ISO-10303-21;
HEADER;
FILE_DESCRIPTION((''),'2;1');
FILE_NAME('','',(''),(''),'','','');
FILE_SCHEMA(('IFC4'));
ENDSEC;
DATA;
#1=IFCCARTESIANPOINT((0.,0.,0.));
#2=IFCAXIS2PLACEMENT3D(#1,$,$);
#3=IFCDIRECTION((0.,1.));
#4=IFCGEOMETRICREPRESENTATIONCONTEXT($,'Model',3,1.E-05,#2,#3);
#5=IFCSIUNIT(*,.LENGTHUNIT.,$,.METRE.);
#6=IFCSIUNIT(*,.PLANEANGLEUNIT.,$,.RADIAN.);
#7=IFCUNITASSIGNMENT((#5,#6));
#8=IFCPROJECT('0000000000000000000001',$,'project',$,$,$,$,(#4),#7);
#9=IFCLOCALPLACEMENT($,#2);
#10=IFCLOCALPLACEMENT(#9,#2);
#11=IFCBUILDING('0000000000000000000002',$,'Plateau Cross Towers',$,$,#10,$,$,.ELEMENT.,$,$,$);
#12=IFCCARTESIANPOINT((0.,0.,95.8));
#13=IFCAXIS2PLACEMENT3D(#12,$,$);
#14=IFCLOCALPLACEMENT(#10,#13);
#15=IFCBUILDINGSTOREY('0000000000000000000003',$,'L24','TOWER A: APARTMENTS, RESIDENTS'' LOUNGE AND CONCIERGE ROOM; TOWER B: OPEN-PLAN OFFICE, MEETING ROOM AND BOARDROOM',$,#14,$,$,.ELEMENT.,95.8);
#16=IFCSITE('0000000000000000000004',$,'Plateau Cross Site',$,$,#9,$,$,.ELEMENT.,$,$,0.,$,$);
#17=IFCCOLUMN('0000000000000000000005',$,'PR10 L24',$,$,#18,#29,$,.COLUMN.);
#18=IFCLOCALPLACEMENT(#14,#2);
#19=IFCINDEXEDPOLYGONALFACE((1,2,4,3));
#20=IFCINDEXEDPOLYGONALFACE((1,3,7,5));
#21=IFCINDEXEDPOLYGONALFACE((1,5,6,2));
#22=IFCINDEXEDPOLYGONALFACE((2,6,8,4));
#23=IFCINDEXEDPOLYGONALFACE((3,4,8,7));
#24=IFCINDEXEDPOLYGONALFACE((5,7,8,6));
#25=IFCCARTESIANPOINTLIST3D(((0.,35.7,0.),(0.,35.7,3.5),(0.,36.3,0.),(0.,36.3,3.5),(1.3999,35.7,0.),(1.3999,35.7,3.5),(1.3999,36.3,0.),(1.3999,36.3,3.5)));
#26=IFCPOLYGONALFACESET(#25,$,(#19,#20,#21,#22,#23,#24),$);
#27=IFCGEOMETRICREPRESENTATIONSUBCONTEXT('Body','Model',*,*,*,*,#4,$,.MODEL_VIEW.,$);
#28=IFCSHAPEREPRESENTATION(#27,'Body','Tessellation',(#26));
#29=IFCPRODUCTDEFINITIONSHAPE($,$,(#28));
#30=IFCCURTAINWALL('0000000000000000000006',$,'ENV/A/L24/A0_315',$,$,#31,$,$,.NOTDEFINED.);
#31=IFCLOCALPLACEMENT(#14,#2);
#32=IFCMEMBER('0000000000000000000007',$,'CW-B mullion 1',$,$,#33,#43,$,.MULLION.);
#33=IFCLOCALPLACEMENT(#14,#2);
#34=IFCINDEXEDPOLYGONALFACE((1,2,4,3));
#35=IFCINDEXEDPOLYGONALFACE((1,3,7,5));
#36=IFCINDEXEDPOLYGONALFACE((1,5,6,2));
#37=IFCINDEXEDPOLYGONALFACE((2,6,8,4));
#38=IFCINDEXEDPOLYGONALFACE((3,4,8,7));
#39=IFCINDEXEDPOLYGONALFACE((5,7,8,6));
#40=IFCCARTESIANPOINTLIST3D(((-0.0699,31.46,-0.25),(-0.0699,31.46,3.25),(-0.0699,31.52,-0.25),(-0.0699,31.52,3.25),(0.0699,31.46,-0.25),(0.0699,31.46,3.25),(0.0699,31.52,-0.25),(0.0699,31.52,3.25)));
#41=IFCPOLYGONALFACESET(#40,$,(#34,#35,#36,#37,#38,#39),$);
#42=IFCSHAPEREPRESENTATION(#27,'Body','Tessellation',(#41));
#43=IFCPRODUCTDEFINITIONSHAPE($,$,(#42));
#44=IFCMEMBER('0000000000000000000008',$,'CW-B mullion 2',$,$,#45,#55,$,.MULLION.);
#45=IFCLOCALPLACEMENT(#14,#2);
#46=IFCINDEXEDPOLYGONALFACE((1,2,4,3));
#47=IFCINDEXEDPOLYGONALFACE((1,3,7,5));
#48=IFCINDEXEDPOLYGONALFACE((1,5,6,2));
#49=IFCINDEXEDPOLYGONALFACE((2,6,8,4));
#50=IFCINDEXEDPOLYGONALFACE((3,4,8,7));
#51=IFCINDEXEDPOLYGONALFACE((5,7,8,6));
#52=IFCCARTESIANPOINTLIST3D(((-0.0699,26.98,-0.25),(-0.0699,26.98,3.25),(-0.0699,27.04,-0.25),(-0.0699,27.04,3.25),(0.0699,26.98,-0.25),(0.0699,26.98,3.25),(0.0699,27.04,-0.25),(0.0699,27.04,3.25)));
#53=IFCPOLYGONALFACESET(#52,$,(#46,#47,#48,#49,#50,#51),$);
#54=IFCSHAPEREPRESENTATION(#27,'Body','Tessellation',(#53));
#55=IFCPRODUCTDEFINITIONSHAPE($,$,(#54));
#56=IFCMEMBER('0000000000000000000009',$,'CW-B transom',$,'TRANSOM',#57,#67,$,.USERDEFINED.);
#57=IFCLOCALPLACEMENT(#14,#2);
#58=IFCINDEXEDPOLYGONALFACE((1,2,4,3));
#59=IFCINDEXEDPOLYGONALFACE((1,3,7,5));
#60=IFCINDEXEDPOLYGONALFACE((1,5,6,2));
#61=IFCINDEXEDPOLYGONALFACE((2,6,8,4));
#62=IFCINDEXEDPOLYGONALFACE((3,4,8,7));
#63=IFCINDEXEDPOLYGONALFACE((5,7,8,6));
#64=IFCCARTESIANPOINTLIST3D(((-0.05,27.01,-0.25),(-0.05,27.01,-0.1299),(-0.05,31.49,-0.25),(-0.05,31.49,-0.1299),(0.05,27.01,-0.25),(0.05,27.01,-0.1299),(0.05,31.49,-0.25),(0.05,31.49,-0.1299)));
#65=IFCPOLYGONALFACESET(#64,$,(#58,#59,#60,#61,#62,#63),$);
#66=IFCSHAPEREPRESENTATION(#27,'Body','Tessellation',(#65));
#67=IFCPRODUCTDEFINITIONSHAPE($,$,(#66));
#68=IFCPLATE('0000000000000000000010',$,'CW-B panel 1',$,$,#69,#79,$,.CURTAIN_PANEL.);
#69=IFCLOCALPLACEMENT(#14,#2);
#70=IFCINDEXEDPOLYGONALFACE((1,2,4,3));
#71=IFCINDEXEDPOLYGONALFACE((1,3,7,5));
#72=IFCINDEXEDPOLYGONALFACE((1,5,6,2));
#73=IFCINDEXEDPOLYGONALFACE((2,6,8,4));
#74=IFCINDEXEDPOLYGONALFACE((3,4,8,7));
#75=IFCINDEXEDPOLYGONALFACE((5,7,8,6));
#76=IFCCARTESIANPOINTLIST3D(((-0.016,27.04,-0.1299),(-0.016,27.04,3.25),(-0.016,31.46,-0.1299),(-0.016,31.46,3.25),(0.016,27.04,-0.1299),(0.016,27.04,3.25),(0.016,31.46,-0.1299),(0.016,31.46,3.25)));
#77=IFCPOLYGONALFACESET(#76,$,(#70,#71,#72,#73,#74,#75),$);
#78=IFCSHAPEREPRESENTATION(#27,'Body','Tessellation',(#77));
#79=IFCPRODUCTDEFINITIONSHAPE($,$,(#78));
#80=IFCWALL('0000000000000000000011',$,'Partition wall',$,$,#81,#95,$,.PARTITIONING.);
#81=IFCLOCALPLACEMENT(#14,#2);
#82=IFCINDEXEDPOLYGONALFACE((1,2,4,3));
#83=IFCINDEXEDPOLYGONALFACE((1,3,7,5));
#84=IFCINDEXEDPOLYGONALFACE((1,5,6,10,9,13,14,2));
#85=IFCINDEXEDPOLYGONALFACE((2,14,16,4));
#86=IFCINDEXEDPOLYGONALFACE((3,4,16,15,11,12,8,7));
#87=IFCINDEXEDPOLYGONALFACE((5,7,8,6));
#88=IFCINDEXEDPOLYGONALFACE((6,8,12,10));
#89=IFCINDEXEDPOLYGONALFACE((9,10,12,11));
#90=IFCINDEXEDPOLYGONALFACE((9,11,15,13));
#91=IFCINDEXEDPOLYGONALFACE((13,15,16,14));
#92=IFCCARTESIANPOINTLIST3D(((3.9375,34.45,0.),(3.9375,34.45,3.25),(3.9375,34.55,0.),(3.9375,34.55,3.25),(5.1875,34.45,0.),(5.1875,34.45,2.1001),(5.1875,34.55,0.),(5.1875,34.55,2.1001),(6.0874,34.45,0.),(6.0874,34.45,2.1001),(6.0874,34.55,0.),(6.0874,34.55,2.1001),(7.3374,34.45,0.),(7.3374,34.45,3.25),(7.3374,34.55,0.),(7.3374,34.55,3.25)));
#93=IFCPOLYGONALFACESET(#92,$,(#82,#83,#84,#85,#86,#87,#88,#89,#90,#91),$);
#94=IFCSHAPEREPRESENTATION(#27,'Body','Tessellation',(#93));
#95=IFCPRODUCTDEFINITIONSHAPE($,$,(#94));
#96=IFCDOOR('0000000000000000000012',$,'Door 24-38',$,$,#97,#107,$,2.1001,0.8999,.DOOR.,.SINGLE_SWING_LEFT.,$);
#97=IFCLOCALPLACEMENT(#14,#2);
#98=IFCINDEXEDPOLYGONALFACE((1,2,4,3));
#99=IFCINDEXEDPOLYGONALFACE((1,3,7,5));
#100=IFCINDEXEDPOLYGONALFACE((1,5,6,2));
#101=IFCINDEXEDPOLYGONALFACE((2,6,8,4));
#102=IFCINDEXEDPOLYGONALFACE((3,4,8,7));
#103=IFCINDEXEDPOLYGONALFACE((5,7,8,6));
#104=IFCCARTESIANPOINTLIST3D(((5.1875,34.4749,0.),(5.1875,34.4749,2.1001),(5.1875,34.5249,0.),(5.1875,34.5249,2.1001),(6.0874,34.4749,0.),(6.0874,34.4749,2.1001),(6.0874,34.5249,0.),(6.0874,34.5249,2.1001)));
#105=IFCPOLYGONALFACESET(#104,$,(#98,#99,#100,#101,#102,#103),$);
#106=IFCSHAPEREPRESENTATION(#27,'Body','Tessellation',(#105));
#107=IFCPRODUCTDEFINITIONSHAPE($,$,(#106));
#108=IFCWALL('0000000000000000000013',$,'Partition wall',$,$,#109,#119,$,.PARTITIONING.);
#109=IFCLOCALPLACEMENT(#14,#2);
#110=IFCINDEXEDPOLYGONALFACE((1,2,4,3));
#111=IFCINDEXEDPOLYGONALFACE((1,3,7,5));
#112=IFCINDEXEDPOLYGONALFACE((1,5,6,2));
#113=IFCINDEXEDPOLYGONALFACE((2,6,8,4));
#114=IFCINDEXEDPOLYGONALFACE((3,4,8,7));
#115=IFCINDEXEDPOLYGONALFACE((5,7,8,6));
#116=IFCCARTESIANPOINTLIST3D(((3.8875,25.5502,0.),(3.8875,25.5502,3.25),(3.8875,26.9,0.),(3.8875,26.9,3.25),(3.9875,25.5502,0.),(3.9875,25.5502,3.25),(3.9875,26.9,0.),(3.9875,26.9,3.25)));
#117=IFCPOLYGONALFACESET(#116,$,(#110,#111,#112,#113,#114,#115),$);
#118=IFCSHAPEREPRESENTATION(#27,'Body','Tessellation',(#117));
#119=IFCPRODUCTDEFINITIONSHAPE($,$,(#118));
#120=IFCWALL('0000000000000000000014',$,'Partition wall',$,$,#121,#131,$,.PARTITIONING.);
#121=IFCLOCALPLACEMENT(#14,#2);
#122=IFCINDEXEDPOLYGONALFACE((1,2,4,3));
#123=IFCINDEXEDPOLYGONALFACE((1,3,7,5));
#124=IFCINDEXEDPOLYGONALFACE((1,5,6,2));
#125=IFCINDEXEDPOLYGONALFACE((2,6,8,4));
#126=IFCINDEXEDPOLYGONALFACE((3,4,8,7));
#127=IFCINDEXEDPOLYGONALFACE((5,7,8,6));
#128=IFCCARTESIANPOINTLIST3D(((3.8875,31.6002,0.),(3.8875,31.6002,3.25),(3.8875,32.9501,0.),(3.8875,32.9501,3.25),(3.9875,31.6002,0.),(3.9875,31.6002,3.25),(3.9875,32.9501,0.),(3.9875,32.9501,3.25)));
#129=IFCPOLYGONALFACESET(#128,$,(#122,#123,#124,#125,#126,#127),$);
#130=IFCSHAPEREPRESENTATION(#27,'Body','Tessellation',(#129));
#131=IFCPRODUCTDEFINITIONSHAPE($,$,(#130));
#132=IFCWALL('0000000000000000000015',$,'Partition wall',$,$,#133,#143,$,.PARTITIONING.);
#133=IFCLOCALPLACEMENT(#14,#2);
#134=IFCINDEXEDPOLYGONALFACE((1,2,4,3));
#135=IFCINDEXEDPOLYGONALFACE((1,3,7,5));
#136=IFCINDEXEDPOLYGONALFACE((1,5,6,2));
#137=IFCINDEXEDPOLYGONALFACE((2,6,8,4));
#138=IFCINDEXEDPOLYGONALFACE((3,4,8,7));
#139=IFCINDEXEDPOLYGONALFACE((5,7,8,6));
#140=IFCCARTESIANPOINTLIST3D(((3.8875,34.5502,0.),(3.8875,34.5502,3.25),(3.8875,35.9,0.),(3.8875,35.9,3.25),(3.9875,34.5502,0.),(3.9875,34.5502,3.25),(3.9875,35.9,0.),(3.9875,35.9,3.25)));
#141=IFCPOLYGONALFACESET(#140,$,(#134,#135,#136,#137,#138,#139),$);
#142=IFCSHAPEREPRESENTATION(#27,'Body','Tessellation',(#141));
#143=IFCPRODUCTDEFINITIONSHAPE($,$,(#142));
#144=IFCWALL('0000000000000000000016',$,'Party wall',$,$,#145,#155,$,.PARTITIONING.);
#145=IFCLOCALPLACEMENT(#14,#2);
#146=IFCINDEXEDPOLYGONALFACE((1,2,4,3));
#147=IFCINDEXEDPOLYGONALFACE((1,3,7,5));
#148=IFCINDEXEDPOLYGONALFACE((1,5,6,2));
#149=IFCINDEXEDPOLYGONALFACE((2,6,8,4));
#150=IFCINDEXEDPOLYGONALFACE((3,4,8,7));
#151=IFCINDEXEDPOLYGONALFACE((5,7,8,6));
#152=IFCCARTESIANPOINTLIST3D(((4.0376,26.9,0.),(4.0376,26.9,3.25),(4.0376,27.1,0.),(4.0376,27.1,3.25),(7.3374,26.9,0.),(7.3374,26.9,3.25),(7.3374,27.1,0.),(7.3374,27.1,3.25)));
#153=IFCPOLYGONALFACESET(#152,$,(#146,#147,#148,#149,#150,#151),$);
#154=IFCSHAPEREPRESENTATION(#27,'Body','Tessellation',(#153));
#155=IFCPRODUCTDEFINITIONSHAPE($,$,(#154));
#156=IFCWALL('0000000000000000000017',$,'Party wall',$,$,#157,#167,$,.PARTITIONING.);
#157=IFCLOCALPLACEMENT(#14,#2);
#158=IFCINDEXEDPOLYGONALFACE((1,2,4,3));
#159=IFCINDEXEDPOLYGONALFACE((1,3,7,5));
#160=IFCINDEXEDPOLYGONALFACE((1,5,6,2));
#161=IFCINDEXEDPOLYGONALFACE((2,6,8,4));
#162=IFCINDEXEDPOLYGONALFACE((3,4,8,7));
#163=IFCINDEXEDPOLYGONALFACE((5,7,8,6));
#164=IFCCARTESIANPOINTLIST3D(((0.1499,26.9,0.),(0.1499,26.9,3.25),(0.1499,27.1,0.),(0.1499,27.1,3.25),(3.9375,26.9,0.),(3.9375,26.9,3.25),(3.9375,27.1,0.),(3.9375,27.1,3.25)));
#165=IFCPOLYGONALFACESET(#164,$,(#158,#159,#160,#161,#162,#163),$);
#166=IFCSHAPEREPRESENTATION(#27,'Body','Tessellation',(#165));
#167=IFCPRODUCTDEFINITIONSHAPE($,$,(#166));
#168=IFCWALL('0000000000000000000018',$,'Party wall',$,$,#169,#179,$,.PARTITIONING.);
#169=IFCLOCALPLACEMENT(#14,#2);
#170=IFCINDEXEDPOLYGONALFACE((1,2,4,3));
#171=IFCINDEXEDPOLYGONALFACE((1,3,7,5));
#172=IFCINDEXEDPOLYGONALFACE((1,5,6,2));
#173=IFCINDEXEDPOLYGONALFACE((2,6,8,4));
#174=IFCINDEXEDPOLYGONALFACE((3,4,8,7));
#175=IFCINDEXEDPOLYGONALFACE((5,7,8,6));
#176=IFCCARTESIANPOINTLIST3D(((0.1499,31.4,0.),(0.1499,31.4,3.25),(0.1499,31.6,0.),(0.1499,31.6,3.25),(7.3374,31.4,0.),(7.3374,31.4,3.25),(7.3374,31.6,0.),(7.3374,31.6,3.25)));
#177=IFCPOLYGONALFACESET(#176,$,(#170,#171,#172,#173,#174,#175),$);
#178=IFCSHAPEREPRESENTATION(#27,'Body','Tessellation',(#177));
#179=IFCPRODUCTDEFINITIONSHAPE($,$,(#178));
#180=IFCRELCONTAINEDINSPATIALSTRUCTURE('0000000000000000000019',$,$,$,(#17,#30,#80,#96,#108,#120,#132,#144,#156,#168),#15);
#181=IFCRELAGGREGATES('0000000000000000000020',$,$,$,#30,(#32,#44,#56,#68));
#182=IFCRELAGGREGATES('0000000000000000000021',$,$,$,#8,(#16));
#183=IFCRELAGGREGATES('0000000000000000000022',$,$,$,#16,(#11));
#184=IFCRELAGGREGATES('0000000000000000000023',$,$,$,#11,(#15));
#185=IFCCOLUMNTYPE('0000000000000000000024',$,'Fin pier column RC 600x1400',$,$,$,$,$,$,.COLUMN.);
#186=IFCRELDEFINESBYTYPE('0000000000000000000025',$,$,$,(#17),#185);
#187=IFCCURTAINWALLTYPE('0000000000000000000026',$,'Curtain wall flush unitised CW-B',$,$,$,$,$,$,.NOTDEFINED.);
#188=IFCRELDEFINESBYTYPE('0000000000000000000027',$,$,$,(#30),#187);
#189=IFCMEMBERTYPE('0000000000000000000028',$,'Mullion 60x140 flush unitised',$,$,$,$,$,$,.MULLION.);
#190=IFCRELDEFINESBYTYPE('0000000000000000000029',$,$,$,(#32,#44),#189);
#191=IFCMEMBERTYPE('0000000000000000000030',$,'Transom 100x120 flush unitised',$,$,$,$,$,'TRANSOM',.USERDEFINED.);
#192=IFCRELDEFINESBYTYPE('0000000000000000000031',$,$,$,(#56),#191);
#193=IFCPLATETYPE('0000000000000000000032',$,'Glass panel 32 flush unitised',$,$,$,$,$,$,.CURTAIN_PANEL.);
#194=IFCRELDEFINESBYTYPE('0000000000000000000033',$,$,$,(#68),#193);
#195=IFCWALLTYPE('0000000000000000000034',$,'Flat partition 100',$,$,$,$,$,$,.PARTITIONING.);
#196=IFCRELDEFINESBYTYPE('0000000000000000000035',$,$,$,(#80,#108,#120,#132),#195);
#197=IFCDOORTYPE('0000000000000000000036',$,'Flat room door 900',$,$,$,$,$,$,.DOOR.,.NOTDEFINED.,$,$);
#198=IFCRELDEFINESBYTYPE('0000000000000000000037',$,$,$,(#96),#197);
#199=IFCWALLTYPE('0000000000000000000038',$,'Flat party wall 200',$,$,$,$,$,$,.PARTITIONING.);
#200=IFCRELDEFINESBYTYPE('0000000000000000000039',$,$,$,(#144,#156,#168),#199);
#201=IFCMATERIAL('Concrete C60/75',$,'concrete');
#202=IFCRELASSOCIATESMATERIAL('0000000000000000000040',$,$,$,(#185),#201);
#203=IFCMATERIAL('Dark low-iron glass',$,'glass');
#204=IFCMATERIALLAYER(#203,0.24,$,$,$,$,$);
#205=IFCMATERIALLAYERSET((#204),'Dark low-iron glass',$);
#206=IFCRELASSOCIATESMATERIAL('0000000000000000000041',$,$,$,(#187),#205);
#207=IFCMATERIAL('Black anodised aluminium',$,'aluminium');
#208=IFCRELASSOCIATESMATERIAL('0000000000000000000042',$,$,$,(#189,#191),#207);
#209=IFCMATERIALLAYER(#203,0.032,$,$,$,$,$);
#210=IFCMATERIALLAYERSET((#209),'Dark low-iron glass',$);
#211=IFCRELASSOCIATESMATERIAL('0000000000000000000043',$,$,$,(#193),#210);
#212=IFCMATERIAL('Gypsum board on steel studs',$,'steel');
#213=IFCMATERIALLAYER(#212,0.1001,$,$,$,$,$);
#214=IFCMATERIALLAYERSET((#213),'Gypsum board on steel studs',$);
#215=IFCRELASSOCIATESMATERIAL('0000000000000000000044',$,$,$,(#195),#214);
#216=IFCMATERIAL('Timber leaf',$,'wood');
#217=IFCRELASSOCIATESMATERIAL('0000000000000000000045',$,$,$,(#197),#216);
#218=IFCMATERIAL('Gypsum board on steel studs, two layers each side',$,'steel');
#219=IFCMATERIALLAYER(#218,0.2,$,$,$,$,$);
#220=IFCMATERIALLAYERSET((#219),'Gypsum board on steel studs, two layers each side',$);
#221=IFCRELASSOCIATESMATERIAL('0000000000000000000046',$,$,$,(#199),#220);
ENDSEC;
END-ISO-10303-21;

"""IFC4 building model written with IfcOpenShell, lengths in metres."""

from ifc_helpers import new_model, si_unit, direction, frame, frame_2d, origin, origin_2d, place, context, subcontext, project, spatial, rectangle, extrude, material, layer, layer_set, material_profile, profile_set, type_object, element, fill, aggregate, save


model = new_model("IFC4")

# Units and contexts
model_context = context("Model", 3, precision=1e-05, world=origin(), true_north=direction((0.0, 1.0)))
body_context = subcontext(model_context, "Body", "Model", "MODEL_VIEW")
ifc_project = project(units=[si_unit("LENGTHUNIT", "METRE"), si_unit("PLANEANGLEUNIT", "RADIAN")], contexts=[model_context])

# Site, building, storey
site_placement = place(None, origin())
site = spatial("IfcSite", under=ifc_project, at=site_placement, Name="Plateau Cross Site", CompositionType="ELEMENT", RefElevation=0.0)
building_placement = place(site_placement, origin())
building = spatial("IfcBuilding", under=site, at=building_placement, Name="Plateau Cross Towers", CompositionType="ELEMENT")
storey_placement = place(building_placement, frame((0.0, 0.0, 95.8)))
storey = spatial("IfcBuildingStorey", under=building, at=storey_placement, Name="L24", Description="TOWER A: APARTMENTS, RESIDENTS' LOUNGE AND CONCIERGE ROOM; TOWER B: OPEN-PLAN OFFICE, MEETING ROOM AND BOARDROOM", CompositionType="ELEMENT", Elevation=95.8)

# Column
ifc_material_1 = material(Name="Concrete C60/75", Category="concrete")
ifc_material_profile_1 = material_profile(ifc_material_1, rectangle(XDim=0.6001, YDim=1.3999, at=origin_2d()), Name="RC 600x1400")
ifc_profile_set_1 = profile_set([ifc_material_profile_1], Name="Concrete C60/75")
column_type = type_object("IfcColumnType", Name="Fin pier column RC 600x1400", PredefinedType="COLUMN", material=ifc_profile_set_1)
column_placement = place(storey_placement, frame((0.7, 36.0, 0.0), z_axis=(0.0, 0.0, 1.0), x_axis=(0.0, 1.0, 0.0)))
element("IfcColumn", 1, at=column_placement, inside=storey, type_object=column_type, Name="PR10 L24", PredefinedType="COLUMN", context=body_context, shape_type="SweptSolid", body=[
    extrude(rectangle(XDim=0.6001, YDim=1.3999, at=origin_2d()), origin(), (0.0, 0.0, 1.0), 3.5),
])

# Curtain wall, members, plate
ifc_material_2 = material(Name="Dark low-iron glass", Category="glass")
ifc_layer_1 = layer(ifc_material_2, 0.24)
ifc_layer_set_1 = layer_set([ifc_layer_1], Name="Dark low-iron glass")
curtain_wall_type = type_object("IfcCurtainWallType", Name="Curtain wall flush unitised CW-B", PredefinedType="NOTDEFINED", material=ifc_layer_set_1)
curtain_wall_placement = place(storey_placement, origin())
curtain_wall = element("IfcCurtainWall", 2, at=curtain_wall_placement, inside=storey, type_object=curtain_wall_type, Name="ENV/A/L24/A0_315", PredefinedType="NOTDEFINED")
ifc_material_3 = material(Name="Black anodised aluminium", Category="aluminium")
ifc_material_profile_2 = material_profile(ifc_material_3, rectangle(XDim=0.0601, YDim=0.1399, at=origin_2d()), Name="MULLION 60x140")
ifc_profile_set_2 = profile_set([ifc_material_profile_2], Name="Black anodised aluminium")
member_type_1 = type_object("IfcMemberType", Name="Mullion 60x140 flush unitised", PredefinedType="MULLION", material=ifc_profile_set_2)
member_1_placement = place(storey_placement, frame((0.0, 31.49, -0.25), z_axis=(0.0, 0.0, 1.0), x_axis=(0.0, -1.0, 0.0)))
member_1 = element("IfcMember", 3, at=member_1_placement, type_object=member_type_1, Name="CW-B mullion 1", PredefinedType="MULLION", context=body_context, shape_type="SweptSolid", body=[
    extrude(rectangle(XDim=0.0601, YDim=0.1399, at=origin_2d()), origin(), (0.0, 0.0, 1.0), 3.5),
])
member_2_placement = place(storey_placement, frame((0.0, 27.01, -0.25), z_axis=(0.0, 0.0, 1.0), x_axis=(0.0, -1.0, 0.0)))
member_2 = element("IfcMember", 4, at=member_2_placement, type_object=member_type_1, Name="CW-B mullion 2", PredefinedType="MULLION", context=body_context, shape_type="SweptSolid", body=[
    extrude(rectangle(XDim=0.0601, YDim=0.1399, at=origin_2d()), origin(), (0.0, 0.0, 1.0), 3.5),
])
ifc_material_profile_3 = material_profile(ifc_material_3, rectangle(XDim=0.1001, YDim=0.1201, at=origin_2d()), Name="TRANSOM 100x120")
ifc_profile_set_3 = profile_set([ifc_material_profile_3], Name="Black anodised aluminium")
member_type_2 = type_object("IfcMemberType", Name="Transom 100x120 flush unitised", ElementType="TRANSOM", PredefinedType="USERDEFINED", material=ifc_profile_set_3)
member_3_placement = place(storey_placement, frame((0.0, 31.49, -0.1899), z_axis=(0.0, -1.0, 0.0), x_axis=(1.0, 0.0, 0.0)))
member_3 = element("IfcMember", 5, at=member_3_placement, type_object=member_type_2, Name="CW-B transom", ObjectType="TRANSOM", PredefinedType="USERDEFINED", context=body_context, shape_type="SweptSolid", body=[
    extrude(rectangle(XDim=0.1001, YDim=0.1201, at=origin_2d()), origin(), (0.0, 0.0, 1.0), 4.48),
])
ifc_layer_2 = layer(ifc_material_2, 0.032)
ifc_layer_set_2 = layer_set([ifc_layer_2], Name="Dark low-iron glass")
plate_type = type_object("IfcPlateType", Name="Glass panel 32 flush unitised", PredefinedType="CURTAIN_PANEL", material=ifc_layer_set_2)
plate_placement = place(storey_placement, frame((0.0, 29.25, -0.1299), z_axis=(0.0, 0.0, 1.0), x_axis=(0.0, -1.0, 0.0)))
plate = element("IfcPlate", 6, at=plate_placement, type_object=plate_type, Name="CW-B panel 1", PredefinedType="CURTAIN_PANEL", context=body_context, shape_type="SweptSolid", body=[
    extrude(rectangle(XDim=4.4199, YDim=0.032, at=origin_2d()), origin(), (0.0, 0.0, 1.0), 3.3799),
])
aggregate(curtain_wall, [member_1, member_2, member_3, plate])

# Wall, opening, door
ifc_material_4 = material(Name="Gypsum board on steel studs", Category="steel")
ifc_layer_3 = layer(ifc_material_4, 0.1001)
ifc_layer_set_3 = layer_set([ifc_layer_3], Name="Gypsum board on steel studs")
wall_type_1 = type_object("IfcWallType", Name="Flat partition 100", PredefinedType="PARTITIONING", material=ifc_layer_set_3)
wall_1_placement = place(storey_placement, frame((3.9375, 34.5, 0.0), z_axis=(0.0, 0.0, 1.0), x_axis=(1.0, 0.0, 0.0)))
wall_1 = element("IfcWall", 7, at=wall_1_placement, inside=storey, type_object=wall_type_1, Name="Partition wall", PredefinedType="PARTITIONING", context=body_context, shape_type="SweptSolid", body=[
    extrude(rectangle(XDim=3.3999, YDim=0.1001, at=frame_2d((1.7, 0.0))), origin(), (0.0, 0.0, 1.0), 3.25),
])
opening_1_placement = place(wall_1_placement, frame((1.25, 0.0, 0.0)))
opening_1 = element("IfcOpeningElement", 8, at=opening_1_placement, cuts=wall_1, PredefinedType="OPENING", context=body_context, shape_type="SweptSolid", body=[
    extrude(rectangle(XDim=0.8999, YDim=2.1001, at=frame_2d((0.45, 1.05))), frame((0.0, 0.0601, 0.0), z_axis=(0.0, -1.0, 0.0), x_axis=(1.0, 0.0, 0.0)), (0.0, 0.0, 1.0), 0.1201),
])
ifc_material_5 = material(Name="Timber leaf", Category="wood")
door_type_1 = type_object("IfcDoorType", Name="Flat room door 900", OperationType="NOTDEFINED", PredefinedType="DOOR", material=ifc_material_5)
door_1_placement = place(opening_1_placement, origin())
door_1 = element("IfcDoor", 9, at=door_1_placement, inside=storey, type_object=door_type_1, Name="Door 24-38", OperationType="SINGLE_SWING_LEFT", OverallHeight=2.1001, OverallWidth=0.8999, PredefinedType="DOOR", context=body_context, shape_type="SweptSolid", body=[
    extrude(rectangle(XDim=0.8999, YDim=2.1001, at=frame_2d((0.45, 1.05))), frame((0.0, 0.0249, 0.0), z_axis=(0.0, -1.0, 0.0), x_axis=(1.0, 0.0, 0.0)), (0.0, 0.0, 1.0), 0.05),
])
fill(opening_1, door_1)

# Walls
for number, where, z_axis, x_axis, name in (
    (10, (3.9375, 26.8999, 0.0), (0.0, 0.0, 1.0), (0.0, -1.0, 0.0), "Partition wall"),
    (11, (3.9375, 32.95, 0.0), (0.0, 0.0, 1.0), (0.0, -1.0, 0.0), "Partition wall"),
    (12, (3.9375, 35.8999, 0.0), (0.0, 0.0, 1.0), (0.0, -1.0, 0.0), "Partition wall"),
):
    element("IfcWall", number, at=place(storey_placement, frame(where, z_axis=z_axis, x_axis=x_axis)), inside=storey, type_object=wall_type_1, Name=name, PredefinedType="PARTITIONING", context=body_context, shape_type="SweptSolid", body=[
        extrude(rectangle(XDim=1.3499, YDim=0.1001, at=frame_2d((0.6748, 0.0))), origin(), (0.0, 0.0, 1.0), 3.25),
    ])
ifc_material_6 = material(Name="Gypsum board on steel studs, two layers each side", Category="steel")
ifc_layer_4 = layer(ifc_material_6, 0.2)
ifc_layer_set_4 = layer_set([ifc_layer_4], Name="Gypsum board on steel studs, two layers each side")
wall_type_2 = type_object("IfcWallType", Name="Flat party wall 200", PredefinedType="PARTITIONING", material=ifc_layer_set_4)
wall_2_placement = place(storey_placement, frame((7.3374, 27.0, 0.0), z_axis=(0.0, 0.0, 1.0), x_axis=(-1.0, 0.0, 0.0)))
element("IfcWall", 13, at=wall_2_placement, inside=storey, type_object=wall_type_2, Name="Party wall", PredefinedType="PARTITIONING", context=body_context, shape_type="SweptSolid", body=[
    extrude(rectangle(XDim=3.2998, YDim=0.2, at=frame_2d((1.6499, 0.0))), origin(), (0.0, 0.0, 1.0), 3.25),
])
wall_3_placement = place(storey_placement, frame((0.1499, 27.0, 0.0), z_axis=(0.0, 0.0, 1.0), x_axis=(1.0, 0.0, 0.0)))
element("IfcWall", 14, at=wall_3_placement, inside=storey, type_object=wall_type_2, Name="Party wall", PredefinedType="PARTITIONING", context=body_context, shape_type="SweptSolid", body=[
    extrude(rectangle(XDim=3.7876, YDim=0.2, at=frame_2d((1.8938, 0.0))), origin(), (0.0, 0.0, 1.0), 3.25),
])
wall_4_placement = place(storey_placement, frame((7.3374, 31.5, 0.0), z_axis=(0.0, 0.0, 1.0), x_axis=(-1.0, 0.0, 0.0)))
element("IfcWall", 15, at=wall_4_placement, inside=storey, type_object=wall_type_2, Name="Party wall", PredefinedType="PARTITIONING", context=body_context, shape_type="SweptSolid", body=[
    extrude(rectangle(XDim=7.1875, YDim=0.2, at=frame_2d((3.5938, 0.0))), origin(), (0.0, 0.0, 1.0), 3.25),
])

save(model, "model.ifc")
